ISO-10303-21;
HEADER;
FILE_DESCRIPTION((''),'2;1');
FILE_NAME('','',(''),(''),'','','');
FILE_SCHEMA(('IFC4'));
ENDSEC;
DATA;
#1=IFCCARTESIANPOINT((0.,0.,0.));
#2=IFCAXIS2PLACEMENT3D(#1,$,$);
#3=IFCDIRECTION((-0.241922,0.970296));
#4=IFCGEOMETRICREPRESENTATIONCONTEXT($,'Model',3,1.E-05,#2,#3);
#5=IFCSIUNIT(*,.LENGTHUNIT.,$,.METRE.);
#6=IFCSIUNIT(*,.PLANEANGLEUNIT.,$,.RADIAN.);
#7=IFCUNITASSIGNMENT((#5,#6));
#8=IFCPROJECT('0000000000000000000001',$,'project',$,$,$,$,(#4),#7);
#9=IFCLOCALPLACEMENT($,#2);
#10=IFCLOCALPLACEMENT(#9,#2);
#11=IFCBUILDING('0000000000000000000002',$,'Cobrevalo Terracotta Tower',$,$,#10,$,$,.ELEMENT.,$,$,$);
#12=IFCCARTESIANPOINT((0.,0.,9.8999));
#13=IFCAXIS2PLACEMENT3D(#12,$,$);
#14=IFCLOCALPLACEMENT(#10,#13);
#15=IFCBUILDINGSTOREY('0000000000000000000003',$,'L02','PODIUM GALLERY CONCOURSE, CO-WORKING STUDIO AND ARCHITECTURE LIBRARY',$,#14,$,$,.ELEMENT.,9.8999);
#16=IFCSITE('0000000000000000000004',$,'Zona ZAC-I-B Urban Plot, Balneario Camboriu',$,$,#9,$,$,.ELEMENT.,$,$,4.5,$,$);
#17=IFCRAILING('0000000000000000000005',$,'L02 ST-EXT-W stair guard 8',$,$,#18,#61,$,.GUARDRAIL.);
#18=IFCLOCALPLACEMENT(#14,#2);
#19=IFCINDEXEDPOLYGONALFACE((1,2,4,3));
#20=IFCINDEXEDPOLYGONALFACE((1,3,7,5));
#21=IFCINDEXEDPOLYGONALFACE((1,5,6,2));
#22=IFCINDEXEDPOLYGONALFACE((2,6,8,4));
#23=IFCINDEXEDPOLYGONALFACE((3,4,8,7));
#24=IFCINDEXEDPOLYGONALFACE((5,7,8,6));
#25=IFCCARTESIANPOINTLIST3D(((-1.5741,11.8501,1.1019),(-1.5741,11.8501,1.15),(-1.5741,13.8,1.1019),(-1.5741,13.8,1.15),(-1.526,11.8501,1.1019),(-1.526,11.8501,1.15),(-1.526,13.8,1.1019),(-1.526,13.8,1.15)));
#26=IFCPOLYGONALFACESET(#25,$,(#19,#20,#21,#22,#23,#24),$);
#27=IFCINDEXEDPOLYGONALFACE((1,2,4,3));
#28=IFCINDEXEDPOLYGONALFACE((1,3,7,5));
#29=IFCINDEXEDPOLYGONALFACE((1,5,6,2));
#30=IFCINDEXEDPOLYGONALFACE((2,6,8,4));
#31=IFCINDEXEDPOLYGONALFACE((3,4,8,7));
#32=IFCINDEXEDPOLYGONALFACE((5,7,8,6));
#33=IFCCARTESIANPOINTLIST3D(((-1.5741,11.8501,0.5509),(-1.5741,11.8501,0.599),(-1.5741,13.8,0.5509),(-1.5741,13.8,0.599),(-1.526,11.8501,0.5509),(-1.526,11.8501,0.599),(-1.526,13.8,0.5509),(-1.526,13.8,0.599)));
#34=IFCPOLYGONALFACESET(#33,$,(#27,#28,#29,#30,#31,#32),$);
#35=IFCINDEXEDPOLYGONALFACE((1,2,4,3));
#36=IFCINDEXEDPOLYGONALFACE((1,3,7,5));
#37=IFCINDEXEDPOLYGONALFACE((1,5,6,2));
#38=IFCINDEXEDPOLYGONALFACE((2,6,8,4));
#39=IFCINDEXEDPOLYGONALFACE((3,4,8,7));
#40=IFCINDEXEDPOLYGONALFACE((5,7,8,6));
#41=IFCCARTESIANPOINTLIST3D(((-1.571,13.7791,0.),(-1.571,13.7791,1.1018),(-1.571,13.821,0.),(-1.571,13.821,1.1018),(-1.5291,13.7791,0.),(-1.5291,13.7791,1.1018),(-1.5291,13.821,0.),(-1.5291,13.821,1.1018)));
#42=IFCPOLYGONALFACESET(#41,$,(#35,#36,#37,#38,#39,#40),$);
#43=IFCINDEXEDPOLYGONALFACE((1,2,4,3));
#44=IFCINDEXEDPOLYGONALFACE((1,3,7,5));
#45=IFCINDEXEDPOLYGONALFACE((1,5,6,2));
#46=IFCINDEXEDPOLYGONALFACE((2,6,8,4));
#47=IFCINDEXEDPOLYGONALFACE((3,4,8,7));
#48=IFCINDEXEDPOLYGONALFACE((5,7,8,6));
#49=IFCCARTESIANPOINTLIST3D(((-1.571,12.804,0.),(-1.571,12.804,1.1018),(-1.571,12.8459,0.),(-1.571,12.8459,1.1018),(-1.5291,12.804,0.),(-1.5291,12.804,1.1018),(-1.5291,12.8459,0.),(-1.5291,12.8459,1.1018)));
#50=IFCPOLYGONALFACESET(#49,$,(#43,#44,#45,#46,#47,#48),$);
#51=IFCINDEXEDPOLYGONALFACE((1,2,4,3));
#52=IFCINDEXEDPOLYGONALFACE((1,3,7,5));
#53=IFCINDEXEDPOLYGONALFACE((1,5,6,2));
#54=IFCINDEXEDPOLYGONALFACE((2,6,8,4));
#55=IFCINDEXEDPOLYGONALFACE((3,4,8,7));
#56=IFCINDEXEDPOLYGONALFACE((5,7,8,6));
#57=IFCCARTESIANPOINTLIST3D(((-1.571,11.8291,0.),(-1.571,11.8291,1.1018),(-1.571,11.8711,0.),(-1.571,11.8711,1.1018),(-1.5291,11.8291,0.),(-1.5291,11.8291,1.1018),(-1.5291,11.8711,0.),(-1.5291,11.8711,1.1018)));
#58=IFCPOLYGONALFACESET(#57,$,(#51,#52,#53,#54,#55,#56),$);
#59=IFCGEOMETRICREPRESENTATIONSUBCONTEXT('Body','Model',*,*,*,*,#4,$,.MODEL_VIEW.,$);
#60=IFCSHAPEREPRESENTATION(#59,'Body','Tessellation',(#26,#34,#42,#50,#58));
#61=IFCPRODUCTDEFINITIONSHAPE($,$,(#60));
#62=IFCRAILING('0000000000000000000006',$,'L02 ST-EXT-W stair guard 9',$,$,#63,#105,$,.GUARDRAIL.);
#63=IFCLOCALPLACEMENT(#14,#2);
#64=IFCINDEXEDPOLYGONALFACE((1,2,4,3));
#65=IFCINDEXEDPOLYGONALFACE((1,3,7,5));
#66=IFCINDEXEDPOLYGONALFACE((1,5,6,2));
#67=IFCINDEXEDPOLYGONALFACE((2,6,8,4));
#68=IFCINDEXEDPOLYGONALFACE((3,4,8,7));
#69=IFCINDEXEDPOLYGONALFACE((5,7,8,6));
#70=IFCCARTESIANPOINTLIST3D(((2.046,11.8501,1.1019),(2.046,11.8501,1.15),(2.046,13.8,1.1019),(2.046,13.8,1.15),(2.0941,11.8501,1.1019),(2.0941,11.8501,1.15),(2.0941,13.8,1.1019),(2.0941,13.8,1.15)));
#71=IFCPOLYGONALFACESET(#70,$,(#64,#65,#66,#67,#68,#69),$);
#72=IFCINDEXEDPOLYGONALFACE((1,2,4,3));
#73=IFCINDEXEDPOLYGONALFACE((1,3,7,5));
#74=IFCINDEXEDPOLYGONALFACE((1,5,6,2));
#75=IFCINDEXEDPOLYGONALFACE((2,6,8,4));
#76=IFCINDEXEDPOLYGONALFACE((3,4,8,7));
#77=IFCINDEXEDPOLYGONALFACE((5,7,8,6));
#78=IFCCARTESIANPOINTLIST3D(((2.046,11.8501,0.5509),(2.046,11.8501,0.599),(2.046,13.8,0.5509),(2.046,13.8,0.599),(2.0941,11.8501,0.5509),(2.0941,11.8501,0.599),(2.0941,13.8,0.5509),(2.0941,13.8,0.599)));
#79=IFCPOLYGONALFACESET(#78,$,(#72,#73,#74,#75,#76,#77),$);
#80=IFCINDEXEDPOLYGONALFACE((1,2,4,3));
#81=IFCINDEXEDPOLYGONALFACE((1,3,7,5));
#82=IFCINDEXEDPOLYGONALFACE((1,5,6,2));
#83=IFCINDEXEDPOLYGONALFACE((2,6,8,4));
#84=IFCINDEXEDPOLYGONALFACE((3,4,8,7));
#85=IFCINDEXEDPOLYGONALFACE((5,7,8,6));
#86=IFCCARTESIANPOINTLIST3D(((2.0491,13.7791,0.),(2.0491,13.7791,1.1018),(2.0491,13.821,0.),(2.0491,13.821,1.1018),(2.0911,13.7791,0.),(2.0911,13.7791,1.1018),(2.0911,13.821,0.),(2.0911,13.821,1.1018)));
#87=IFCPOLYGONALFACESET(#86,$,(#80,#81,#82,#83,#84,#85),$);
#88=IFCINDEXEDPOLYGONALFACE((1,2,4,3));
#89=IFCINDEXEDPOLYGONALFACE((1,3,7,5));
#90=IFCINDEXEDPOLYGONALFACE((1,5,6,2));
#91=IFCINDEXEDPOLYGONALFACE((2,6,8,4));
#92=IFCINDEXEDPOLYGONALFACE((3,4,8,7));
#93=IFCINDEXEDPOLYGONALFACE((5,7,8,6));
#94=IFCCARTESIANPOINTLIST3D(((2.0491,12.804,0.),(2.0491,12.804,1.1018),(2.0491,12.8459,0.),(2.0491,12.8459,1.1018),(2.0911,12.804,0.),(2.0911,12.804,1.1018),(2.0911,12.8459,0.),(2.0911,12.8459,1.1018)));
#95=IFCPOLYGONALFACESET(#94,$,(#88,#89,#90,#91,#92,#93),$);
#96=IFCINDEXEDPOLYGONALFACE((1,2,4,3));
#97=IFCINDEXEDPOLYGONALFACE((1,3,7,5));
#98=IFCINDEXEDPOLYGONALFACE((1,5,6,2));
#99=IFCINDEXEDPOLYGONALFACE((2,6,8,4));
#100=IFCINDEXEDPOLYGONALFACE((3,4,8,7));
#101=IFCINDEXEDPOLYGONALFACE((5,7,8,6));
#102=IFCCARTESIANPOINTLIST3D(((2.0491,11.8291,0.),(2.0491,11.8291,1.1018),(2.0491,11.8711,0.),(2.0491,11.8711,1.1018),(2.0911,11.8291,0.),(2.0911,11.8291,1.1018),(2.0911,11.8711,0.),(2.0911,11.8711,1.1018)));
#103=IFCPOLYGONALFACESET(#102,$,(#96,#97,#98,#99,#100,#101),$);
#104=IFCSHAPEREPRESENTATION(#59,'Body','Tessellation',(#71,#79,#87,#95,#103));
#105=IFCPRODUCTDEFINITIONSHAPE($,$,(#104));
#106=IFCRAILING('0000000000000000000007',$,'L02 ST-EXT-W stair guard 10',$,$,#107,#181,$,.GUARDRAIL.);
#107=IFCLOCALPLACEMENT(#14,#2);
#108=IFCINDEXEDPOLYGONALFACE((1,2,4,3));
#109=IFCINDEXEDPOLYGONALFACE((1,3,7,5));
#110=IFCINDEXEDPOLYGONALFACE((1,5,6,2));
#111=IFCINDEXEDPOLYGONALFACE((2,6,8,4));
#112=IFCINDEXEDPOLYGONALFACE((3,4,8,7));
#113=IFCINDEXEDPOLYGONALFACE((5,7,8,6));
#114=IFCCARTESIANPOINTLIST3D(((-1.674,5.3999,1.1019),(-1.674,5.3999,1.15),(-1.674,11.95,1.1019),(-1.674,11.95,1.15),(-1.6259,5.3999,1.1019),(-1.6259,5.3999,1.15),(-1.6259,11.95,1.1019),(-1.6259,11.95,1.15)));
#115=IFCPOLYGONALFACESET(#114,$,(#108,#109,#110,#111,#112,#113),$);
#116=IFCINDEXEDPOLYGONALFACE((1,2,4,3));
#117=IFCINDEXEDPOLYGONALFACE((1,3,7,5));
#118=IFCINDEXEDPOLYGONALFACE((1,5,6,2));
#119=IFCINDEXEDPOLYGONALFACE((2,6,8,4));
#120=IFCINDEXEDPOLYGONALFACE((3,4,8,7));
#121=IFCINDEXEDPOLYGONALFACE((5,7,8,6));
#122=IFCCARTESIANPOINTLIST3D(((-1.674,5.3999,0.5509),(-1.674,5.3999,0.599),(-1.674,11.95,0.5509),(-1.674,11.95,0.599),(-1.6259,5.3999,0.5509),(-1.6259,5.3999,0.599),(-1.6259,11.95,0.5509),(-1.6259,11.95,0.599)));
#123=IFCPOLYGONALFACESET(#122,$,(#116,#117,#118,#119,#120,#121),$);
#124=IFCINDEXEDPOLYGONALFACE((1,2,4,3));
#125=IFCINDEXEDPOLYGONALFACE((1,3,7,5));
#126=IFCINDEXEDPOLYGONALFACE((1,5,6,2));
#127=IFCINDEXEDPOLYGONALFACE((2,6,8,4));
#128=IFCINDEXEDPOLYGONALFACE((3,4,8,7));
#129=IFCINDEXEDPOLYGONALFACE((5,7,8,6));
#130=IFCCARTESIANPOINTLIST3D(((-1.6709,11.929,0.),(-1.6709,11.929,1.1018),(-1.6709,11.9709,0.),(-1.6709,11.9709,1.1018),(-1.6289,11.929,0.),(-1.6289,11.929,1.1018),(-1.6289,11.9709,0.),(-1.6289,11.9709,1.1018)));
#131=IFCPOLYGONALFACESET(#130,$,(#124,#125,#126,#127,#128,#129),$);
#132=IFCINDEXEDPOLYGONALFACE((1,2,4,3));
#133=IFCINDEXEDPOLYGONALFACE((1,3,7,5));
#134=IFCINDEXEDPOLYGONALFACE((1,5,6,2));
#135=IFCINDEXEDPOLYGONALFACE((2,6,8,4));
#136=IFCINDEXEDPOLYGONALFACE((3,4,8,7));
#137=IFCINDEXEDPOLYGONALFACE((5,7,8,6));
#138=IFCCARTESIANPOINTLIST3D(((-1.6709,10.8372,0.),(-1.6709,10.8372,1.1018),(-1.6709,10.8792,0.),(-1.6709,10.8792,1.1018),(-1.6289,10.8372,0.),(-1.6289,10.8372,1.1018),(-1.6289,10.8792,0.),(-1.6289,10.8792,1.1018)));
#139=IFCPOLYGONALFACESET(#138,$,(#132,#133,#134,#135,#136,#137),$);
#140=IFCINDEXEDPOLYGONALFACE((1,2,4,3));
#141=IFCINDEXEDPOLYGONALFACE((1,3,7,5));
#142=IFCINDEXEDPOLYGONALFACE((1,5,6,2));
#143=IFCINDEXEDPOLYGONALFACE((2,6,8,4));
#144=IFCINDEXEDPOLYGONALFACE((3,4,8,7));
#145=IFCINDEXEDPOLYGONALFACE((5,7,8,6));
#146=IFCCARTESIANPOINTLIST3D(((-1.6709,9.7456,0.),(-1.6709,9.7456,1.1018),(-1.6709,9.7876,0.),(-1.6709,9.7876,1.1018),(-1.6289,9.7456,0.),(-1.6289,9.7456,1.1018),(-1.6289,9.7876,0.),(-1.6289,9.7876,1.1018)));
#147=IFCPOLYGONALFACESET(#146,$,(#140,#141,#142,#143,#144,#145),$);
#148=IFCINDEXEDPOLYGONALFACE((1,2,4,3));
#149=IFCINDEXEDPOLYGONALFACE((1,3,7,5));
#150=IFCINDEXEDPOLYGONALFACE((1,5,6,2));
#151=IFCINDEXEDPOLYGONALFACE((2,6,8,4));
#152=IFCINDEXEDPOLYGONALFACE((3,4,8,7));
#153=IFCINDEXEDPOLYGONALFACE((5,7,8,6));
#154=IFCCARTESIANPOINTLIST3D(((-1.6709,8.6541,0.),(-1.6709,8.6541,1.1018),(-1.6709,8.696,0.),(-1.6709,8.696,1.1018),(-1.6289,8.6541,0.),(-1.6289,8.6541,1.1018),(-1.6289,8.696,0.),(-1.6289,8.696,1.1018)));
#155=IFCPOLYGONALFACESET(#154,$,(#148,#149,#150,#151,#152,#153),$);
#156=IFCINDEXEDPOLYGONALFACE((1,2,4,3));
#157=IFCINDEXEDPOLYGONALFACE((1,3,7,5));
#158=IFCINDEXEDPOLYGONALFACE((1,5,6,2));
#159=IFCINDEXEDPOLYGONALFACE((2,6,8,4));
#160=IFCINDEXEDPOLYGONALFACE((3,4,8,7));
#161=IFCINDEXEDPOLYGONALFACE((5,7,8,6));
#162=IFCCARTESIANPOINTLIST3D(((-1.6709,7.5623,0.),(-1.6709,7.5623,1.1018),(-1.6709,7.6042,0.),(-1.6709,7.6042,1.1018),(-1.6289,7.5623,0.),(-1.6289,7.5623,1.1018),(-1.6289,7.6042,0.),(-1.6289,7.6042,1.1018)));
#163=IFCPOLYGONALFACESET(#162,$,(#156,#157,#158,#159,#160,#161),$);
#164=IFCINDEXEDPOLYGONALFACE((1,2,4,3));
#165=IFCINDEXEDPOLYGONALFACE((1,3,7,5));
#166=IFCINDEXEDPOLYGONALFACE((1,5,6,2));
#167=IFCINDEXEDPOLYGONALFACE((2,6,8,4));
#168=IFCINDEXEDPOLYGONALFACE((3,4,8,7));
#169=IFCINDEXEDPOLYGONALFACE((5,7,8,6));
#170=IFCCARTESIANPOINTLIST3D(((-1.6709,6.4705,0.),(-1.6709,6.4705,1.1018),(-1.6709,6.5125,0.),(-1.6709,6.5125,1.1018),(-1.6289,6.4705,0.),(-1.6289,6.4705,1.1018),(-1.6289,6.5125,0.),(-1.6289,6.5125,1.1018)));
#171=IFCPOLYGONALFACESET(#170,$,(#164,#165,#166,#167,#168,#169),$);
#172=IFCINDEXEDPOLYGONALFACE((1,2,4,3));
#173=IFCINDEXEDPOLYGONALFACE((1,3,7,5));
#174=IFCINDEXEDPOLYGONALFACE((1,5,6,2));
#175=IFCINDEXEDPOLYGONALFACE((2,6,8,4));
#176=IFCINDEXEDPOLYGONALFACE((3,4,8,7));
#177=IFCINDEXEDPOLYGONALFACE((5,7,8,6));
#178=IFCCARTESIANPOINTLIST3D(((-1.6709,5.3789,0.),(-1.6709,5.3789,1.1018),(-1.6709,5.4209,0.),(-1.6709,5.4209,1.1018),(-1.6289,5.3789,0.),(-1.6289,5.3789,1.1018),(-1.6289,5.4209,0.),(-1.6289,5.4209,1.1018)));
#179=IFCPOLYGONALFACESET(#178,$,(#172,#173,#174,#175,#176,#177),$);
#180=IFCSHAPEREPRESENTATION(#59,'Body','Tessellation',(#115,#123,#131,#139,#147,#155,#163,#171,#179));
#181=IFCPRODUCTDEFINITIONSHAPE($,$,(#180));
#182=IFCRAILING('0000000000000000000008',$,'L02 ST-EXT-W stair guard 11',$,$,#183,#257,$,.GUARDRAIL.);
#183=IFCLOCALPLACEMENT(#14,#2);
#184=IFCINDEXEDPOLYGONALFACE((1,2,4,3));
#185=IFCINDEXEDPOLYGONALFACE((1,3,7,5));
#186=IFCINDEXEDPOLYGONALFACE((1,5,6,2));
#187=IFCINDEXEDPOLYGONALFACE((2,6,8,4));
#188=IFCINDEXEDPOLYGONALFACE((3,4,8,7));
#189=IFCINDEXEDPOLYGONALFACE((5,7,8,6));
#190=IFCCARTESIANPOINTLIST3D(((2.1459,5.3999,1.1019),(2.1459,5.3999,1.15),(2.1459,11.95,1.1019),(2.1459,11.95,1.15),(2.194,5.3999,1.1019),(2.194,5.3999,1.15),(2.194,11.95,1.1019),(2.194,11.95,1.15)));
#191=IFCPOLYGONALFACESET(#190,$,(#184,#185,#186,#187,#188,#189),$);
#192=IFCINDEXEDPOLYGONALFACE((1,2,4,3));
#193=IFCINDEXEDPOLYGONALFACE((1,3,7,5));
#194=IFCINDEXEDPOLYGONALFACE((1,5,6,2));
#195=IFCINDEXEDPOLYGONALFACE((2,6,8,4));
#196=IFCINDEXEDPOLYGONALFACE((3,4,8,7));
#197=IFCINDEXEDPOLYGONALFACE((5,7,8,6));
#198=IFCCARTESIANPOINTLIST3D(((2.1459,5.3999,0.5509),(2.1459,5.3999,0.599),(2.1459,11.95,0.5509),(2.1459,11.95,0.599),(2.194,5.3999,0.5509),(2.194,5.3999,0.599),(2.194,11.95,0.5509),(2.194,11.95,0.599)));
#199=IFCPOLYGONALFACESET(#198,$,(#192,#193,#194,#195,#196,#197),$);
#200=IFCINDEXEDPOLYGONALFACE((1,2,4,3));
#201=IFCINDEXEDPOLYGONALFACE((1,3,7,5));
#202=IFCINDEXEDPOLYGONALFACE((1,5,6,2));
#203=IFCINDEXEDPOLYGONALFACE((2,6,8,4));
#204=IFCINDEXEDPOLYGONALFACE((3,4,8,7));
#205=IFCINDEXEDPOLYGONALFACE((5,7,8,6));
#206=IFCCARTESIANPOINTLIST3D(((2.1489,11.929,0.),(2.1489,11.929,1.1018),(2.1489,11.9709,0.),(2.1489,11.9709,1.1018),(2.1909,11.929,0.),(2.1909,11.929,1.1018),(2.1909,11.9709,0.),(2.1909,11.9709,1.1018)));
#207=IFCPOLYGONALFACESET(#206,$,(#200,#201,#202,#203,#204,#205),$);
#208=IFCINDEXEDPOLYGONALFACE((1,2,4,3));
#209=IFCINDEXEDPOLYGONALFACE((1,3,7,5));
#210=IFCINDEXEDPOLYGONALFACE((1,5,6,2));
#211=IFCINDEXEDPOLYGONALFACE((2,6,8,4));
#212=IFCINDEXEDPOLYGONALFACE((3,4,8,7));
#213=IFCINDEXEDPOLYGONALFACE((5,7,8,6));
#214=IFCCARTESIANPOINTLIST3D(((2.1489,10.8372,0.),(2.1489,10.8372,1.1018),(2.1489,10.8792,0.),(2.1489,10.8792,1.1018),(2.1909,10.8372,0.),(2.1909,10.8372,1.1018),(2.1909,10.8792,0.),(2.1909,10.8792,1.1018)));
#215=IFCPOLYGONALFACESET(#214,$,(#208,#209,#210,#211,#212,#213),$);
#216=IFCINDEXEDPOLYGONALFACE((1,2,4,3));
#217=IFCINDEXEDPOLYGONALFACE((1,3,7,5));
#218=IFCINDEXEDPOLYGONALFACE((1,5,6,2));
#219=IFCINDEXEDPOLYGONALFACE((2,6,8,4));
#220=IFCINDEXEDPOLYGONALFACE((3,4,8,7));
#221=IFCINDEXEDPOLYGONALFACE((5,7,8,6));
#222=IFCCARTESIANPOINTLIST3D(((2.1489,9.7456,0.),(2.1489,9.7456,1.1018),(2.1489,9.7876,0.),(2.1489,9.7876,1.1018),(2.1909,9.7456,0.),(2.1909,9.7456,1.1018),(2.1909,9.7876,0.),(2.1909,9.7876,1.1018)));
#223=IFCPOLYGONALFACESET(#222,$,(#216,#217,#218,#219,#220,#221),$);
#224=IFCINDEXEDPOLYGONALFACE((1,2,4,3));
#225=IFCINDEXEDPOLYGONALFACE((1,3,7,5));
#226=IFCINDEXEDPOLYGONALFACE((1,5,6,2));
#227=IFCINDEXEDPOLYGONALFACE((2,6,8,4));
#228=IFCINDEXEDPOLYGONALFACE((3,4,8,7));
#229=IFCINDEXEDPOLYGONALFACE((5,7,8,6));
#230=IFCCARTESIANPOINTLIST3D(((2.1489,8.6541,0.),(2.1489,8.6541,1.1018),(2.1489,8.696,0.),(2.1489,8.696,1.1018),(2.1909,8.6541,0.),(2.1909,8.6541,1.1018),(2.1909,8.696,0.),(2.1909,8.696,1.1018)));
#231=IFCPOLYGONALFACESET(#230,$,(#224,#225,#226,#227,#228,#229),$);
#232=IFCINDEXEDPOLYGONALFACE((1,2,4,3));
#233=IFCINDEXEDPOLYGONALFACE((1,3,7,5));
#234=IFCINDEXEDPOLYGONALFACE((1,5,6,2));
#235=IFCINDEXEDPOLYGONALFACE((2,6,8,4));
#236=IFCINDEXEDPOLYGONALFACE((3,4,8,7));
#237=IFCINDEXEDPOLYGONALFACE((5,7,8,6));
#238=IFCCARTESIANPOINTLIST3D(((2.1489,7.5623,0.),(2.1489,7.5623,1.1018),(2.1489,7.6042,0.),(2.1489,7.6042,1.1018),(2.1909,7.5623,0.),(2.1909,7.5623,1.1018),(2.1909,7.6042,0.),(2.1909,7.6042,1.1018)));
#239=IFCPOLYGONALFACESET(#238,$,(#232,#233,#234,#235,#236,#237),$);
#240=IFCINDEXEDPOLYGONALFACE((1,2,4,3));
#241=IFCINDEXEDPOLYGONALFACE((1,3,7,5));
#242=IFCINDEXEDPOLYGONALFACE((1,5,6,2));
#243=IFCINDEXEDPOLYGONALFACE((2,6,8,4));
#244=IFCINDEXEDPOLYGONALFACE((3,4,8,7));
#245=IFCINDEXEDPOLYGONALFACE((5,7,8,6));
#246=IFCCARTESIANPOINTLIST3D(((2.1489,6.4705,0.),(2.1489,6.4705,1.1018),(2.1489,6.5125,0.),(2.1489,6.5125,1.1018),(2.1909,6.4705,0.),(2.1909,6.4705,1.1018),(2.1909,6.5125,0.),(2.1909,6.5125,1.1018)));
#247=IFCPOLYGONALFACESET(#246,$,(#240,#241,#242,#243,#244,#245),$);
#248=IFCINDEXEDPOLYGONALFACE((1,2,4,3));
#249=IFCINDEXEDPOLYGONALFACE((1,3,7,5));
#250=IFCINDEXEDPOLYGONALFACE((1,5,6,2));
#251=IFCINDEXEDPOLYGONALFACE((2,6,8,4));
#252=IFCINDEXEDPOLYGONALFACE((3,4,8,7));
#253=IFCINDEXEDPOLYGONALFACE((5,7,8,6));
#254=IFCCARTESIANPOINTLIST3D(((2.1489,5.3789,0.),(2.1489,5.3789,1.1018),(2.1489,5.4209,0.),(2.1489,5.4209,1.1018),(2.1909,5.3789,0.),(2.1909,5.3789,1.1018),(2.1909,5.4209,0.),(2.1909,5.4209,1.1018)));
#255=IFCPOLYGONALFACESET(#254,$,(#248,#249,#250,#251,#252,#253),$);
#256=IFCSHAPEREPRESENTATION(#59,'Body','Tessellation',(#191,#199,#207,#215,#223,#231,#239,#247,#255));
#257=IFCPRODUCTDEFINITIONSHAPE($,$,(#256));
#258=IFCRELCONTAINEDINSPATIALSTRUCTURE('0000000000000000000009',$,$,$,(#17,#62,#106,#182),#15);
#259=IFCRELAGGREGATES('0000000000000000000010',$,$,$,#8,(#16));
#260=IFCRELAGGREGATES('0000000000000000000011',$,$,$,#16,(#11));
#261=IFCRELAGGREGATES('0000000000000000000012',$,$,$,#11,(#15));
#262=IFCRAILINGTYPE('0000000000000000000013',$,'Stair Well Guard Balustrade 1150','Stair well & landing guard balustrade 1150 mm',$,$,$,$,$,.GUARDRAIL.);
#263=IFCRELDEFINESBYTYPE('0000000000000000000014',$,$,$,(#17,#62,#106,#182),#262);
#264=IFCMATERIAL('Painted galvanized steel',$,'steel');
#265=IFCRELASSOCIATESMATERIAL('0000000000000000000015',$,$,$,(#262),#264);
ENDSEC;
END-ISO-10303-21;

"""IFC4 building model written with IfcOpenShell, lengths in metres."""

from ifc_helpers import new_model, si_unit, direction, frame, origin, origin_2d, place, context, subcontext, project, spatial, rectangle, extrude, material, type_object, element, save


model = new_model("IFC4")

# Units and contexts
model_context = context("Model", 3, precision=1e-05, world=origin(), true_north=direction((-0.241922, 0.970296)))
body_context = subcontext(model_context, "Body", "Model", "MODEL_VIEW")
ifc_project = project(units=[si_unit("LENGTHUNIT", "METRE"), si_unit("PLANEANGLEUNIT", "RADIAN")], contexts=[model_context])

# Site, building, storey
site_placement = place(None, origin())
site = spatial("IfcSite", under=ifc_project, at=site_placement, Name="Zona ZAC-I-B Urban Plot, Balneario Camboriu", CompositionType="ELEMENT", RefElevation=4.5)
building_placement = place(site_placement, origin())
building = spatial("IfcBuilding", under=site, at=building_placement, Name="Cobrevalo Terracotta Tower", CompositionType="ELEMENT")
storey_placement = place(building_placement, frame((0.0, 0.0, 9.8999)))
storey = spatial("IfcBuildingStorey", under=building, at=storey_placement, Name="L02", Description="PODIUM GALLERY CONCOURSE, CO-WORKING STUDIO AND ARCHITECTURE LIBRARY", CompositionType="ELEMENT", Elevation=9.8999)

# Railings
ifc_material_1 = material(Name="Painted galvanized steel", Category="steel")
railing_type_1 = type_object("IfcRailingType", Name="Stair Well Guard Balustrade 1150", Description="Stair well & landing guard balustrade 1150 mm", PredefinedType="GUARDRAIL", material=ifc_material_1)
for number, where, name in (
    (1, (-1.55, 13.8, 0.0), "L02 ST-EXT-W stair guard 8"),
    (2, (2.0701, 13.8, 0.0), "L02 ST-EXT-W stair guard 9"),
):
    element("IfcRailing", number, at=place(storey_placement, frame(where)), inside=storey, type_object=railing_type_1, Name=name, PredefinedType="GUARDRAIL", context=body_context, shape_type="SweptSolid", body=[
        extrude(rectangle(XDim=0.0481, YDim=0.0481, at=origin_2d()), frame((0.0, 0.0, 1.126), z_axis=(0.0, -1.0, 0.0), x_axis=(1.0, 0.0, 0.0)), (0.0, 0.0, 1.0), 1.95),
        extrude(rectangle(XDim=0.0481, YDim=0.0481, at=origin_2d()), frame((0.0, 0.0, 0.575), z_axis=(0.0, -1.0, 0.0), x_axis=(1.0, 0.0, 0.0)), (0.0, 0.0, 1.0), 1.95),
        extrude(rectangle(XDim=0.042, YDim=0.042, at=origin_2d()), origin(), (0.0, 0.0, 1.0), 1.1018),
        extrude(rectangle(XDim=0.042, YDim=0.042, at=origin_2d()), frame((0.0, -0.9751, 0.0)), (0.0, 0.0, 1.0), 1.1018),
        extrude(rectangle(XDim=0.042, YDim=0.042, at=origin_2d()), frame((0.0, -1.95, 0.0)), (0.0, 0.0, 1.0), 1.1018),
    ])
for number, where, name in (
    (3, (-1.6499, 11.95, 0.0), "L02 ST-EXT-W stair guard 10"),
    (4, (2.1699, 11.95, 0.0), "L02 ST-EXT-W stair guard 11"),
):
    element("IfcRailing", number, at=place(storey_placement, frame(where)), inside=storey, type_object=railing_type_1, Name=name, PredefinedType="GUARDRAIL", context=body_context, shape_type="SweptSolid", body=[
        extrude(rectangle(XDim=0.0481, YDim=0.0481, at=origin_2d()), frame((0.0, 0.0, 1.126), z_axis=(0.0, -1.0, 0.0), x_axis=(1.0, 0.0, 0.0)), (0.0, 0.0, 1.0), 6.55),
        extrude(rectangle(XDim=0.0481, YDim=0.0481, at=origin_2d()), frame((0.0, 0.0, 0.575), z_axis=(0.0, -1.0, 0.0), x_axis=(1.0, 0.0, 0.0)), (0.0, 0.0, 1.0), 6.55),
        extrude(rectangle(XDim=0.042, YDim=0.042, at=origin_2d()), origin(), (0.0, 0.0, 1.0), 1.1018),
        extrude(rectangle(XDim=0.042, YDim=0.042, at=origin_2d()), frame((0.0, -1.0918, 0.0)), (0.0, 0.0, 1.0), 1.1018),
        extrude(rectangle(XDim=0.042, YDim=0.042, at=origin_2d()), frame((0.0, -2.1833, 0.0)), (0.0, 0.0, 1.0), 1.1018),
        extrude(rectangle(XDim=0.042, YDim=0.042, at=origin_2d()), frame((0.0, -3.2749, 0.0)), (0.0, 0.0, 1.0), 1.1018),
        extrude(rectangle(XDim=0.042, YDim=0.042, at=origin_2d()), frame((0.0, -4.3667, 0.0)), (0.0, 0.0, 1.0), 1.1018),
        extrude(rectangle(XDim=0.042, YDim=0.042, at=origin_2d()), frame((0.0, -5.4585, 0.0)), (0.0, 0.0, 1.0), 1.1018),
        extrude(rectangle(XDim=0.042, YDim=0.042, at=origin_2d()), frame((0.0, -6.55, 0.0)), (0.0, 0.0, 1.0), 1.1018),
    ])

save(model, "model.ifc")
